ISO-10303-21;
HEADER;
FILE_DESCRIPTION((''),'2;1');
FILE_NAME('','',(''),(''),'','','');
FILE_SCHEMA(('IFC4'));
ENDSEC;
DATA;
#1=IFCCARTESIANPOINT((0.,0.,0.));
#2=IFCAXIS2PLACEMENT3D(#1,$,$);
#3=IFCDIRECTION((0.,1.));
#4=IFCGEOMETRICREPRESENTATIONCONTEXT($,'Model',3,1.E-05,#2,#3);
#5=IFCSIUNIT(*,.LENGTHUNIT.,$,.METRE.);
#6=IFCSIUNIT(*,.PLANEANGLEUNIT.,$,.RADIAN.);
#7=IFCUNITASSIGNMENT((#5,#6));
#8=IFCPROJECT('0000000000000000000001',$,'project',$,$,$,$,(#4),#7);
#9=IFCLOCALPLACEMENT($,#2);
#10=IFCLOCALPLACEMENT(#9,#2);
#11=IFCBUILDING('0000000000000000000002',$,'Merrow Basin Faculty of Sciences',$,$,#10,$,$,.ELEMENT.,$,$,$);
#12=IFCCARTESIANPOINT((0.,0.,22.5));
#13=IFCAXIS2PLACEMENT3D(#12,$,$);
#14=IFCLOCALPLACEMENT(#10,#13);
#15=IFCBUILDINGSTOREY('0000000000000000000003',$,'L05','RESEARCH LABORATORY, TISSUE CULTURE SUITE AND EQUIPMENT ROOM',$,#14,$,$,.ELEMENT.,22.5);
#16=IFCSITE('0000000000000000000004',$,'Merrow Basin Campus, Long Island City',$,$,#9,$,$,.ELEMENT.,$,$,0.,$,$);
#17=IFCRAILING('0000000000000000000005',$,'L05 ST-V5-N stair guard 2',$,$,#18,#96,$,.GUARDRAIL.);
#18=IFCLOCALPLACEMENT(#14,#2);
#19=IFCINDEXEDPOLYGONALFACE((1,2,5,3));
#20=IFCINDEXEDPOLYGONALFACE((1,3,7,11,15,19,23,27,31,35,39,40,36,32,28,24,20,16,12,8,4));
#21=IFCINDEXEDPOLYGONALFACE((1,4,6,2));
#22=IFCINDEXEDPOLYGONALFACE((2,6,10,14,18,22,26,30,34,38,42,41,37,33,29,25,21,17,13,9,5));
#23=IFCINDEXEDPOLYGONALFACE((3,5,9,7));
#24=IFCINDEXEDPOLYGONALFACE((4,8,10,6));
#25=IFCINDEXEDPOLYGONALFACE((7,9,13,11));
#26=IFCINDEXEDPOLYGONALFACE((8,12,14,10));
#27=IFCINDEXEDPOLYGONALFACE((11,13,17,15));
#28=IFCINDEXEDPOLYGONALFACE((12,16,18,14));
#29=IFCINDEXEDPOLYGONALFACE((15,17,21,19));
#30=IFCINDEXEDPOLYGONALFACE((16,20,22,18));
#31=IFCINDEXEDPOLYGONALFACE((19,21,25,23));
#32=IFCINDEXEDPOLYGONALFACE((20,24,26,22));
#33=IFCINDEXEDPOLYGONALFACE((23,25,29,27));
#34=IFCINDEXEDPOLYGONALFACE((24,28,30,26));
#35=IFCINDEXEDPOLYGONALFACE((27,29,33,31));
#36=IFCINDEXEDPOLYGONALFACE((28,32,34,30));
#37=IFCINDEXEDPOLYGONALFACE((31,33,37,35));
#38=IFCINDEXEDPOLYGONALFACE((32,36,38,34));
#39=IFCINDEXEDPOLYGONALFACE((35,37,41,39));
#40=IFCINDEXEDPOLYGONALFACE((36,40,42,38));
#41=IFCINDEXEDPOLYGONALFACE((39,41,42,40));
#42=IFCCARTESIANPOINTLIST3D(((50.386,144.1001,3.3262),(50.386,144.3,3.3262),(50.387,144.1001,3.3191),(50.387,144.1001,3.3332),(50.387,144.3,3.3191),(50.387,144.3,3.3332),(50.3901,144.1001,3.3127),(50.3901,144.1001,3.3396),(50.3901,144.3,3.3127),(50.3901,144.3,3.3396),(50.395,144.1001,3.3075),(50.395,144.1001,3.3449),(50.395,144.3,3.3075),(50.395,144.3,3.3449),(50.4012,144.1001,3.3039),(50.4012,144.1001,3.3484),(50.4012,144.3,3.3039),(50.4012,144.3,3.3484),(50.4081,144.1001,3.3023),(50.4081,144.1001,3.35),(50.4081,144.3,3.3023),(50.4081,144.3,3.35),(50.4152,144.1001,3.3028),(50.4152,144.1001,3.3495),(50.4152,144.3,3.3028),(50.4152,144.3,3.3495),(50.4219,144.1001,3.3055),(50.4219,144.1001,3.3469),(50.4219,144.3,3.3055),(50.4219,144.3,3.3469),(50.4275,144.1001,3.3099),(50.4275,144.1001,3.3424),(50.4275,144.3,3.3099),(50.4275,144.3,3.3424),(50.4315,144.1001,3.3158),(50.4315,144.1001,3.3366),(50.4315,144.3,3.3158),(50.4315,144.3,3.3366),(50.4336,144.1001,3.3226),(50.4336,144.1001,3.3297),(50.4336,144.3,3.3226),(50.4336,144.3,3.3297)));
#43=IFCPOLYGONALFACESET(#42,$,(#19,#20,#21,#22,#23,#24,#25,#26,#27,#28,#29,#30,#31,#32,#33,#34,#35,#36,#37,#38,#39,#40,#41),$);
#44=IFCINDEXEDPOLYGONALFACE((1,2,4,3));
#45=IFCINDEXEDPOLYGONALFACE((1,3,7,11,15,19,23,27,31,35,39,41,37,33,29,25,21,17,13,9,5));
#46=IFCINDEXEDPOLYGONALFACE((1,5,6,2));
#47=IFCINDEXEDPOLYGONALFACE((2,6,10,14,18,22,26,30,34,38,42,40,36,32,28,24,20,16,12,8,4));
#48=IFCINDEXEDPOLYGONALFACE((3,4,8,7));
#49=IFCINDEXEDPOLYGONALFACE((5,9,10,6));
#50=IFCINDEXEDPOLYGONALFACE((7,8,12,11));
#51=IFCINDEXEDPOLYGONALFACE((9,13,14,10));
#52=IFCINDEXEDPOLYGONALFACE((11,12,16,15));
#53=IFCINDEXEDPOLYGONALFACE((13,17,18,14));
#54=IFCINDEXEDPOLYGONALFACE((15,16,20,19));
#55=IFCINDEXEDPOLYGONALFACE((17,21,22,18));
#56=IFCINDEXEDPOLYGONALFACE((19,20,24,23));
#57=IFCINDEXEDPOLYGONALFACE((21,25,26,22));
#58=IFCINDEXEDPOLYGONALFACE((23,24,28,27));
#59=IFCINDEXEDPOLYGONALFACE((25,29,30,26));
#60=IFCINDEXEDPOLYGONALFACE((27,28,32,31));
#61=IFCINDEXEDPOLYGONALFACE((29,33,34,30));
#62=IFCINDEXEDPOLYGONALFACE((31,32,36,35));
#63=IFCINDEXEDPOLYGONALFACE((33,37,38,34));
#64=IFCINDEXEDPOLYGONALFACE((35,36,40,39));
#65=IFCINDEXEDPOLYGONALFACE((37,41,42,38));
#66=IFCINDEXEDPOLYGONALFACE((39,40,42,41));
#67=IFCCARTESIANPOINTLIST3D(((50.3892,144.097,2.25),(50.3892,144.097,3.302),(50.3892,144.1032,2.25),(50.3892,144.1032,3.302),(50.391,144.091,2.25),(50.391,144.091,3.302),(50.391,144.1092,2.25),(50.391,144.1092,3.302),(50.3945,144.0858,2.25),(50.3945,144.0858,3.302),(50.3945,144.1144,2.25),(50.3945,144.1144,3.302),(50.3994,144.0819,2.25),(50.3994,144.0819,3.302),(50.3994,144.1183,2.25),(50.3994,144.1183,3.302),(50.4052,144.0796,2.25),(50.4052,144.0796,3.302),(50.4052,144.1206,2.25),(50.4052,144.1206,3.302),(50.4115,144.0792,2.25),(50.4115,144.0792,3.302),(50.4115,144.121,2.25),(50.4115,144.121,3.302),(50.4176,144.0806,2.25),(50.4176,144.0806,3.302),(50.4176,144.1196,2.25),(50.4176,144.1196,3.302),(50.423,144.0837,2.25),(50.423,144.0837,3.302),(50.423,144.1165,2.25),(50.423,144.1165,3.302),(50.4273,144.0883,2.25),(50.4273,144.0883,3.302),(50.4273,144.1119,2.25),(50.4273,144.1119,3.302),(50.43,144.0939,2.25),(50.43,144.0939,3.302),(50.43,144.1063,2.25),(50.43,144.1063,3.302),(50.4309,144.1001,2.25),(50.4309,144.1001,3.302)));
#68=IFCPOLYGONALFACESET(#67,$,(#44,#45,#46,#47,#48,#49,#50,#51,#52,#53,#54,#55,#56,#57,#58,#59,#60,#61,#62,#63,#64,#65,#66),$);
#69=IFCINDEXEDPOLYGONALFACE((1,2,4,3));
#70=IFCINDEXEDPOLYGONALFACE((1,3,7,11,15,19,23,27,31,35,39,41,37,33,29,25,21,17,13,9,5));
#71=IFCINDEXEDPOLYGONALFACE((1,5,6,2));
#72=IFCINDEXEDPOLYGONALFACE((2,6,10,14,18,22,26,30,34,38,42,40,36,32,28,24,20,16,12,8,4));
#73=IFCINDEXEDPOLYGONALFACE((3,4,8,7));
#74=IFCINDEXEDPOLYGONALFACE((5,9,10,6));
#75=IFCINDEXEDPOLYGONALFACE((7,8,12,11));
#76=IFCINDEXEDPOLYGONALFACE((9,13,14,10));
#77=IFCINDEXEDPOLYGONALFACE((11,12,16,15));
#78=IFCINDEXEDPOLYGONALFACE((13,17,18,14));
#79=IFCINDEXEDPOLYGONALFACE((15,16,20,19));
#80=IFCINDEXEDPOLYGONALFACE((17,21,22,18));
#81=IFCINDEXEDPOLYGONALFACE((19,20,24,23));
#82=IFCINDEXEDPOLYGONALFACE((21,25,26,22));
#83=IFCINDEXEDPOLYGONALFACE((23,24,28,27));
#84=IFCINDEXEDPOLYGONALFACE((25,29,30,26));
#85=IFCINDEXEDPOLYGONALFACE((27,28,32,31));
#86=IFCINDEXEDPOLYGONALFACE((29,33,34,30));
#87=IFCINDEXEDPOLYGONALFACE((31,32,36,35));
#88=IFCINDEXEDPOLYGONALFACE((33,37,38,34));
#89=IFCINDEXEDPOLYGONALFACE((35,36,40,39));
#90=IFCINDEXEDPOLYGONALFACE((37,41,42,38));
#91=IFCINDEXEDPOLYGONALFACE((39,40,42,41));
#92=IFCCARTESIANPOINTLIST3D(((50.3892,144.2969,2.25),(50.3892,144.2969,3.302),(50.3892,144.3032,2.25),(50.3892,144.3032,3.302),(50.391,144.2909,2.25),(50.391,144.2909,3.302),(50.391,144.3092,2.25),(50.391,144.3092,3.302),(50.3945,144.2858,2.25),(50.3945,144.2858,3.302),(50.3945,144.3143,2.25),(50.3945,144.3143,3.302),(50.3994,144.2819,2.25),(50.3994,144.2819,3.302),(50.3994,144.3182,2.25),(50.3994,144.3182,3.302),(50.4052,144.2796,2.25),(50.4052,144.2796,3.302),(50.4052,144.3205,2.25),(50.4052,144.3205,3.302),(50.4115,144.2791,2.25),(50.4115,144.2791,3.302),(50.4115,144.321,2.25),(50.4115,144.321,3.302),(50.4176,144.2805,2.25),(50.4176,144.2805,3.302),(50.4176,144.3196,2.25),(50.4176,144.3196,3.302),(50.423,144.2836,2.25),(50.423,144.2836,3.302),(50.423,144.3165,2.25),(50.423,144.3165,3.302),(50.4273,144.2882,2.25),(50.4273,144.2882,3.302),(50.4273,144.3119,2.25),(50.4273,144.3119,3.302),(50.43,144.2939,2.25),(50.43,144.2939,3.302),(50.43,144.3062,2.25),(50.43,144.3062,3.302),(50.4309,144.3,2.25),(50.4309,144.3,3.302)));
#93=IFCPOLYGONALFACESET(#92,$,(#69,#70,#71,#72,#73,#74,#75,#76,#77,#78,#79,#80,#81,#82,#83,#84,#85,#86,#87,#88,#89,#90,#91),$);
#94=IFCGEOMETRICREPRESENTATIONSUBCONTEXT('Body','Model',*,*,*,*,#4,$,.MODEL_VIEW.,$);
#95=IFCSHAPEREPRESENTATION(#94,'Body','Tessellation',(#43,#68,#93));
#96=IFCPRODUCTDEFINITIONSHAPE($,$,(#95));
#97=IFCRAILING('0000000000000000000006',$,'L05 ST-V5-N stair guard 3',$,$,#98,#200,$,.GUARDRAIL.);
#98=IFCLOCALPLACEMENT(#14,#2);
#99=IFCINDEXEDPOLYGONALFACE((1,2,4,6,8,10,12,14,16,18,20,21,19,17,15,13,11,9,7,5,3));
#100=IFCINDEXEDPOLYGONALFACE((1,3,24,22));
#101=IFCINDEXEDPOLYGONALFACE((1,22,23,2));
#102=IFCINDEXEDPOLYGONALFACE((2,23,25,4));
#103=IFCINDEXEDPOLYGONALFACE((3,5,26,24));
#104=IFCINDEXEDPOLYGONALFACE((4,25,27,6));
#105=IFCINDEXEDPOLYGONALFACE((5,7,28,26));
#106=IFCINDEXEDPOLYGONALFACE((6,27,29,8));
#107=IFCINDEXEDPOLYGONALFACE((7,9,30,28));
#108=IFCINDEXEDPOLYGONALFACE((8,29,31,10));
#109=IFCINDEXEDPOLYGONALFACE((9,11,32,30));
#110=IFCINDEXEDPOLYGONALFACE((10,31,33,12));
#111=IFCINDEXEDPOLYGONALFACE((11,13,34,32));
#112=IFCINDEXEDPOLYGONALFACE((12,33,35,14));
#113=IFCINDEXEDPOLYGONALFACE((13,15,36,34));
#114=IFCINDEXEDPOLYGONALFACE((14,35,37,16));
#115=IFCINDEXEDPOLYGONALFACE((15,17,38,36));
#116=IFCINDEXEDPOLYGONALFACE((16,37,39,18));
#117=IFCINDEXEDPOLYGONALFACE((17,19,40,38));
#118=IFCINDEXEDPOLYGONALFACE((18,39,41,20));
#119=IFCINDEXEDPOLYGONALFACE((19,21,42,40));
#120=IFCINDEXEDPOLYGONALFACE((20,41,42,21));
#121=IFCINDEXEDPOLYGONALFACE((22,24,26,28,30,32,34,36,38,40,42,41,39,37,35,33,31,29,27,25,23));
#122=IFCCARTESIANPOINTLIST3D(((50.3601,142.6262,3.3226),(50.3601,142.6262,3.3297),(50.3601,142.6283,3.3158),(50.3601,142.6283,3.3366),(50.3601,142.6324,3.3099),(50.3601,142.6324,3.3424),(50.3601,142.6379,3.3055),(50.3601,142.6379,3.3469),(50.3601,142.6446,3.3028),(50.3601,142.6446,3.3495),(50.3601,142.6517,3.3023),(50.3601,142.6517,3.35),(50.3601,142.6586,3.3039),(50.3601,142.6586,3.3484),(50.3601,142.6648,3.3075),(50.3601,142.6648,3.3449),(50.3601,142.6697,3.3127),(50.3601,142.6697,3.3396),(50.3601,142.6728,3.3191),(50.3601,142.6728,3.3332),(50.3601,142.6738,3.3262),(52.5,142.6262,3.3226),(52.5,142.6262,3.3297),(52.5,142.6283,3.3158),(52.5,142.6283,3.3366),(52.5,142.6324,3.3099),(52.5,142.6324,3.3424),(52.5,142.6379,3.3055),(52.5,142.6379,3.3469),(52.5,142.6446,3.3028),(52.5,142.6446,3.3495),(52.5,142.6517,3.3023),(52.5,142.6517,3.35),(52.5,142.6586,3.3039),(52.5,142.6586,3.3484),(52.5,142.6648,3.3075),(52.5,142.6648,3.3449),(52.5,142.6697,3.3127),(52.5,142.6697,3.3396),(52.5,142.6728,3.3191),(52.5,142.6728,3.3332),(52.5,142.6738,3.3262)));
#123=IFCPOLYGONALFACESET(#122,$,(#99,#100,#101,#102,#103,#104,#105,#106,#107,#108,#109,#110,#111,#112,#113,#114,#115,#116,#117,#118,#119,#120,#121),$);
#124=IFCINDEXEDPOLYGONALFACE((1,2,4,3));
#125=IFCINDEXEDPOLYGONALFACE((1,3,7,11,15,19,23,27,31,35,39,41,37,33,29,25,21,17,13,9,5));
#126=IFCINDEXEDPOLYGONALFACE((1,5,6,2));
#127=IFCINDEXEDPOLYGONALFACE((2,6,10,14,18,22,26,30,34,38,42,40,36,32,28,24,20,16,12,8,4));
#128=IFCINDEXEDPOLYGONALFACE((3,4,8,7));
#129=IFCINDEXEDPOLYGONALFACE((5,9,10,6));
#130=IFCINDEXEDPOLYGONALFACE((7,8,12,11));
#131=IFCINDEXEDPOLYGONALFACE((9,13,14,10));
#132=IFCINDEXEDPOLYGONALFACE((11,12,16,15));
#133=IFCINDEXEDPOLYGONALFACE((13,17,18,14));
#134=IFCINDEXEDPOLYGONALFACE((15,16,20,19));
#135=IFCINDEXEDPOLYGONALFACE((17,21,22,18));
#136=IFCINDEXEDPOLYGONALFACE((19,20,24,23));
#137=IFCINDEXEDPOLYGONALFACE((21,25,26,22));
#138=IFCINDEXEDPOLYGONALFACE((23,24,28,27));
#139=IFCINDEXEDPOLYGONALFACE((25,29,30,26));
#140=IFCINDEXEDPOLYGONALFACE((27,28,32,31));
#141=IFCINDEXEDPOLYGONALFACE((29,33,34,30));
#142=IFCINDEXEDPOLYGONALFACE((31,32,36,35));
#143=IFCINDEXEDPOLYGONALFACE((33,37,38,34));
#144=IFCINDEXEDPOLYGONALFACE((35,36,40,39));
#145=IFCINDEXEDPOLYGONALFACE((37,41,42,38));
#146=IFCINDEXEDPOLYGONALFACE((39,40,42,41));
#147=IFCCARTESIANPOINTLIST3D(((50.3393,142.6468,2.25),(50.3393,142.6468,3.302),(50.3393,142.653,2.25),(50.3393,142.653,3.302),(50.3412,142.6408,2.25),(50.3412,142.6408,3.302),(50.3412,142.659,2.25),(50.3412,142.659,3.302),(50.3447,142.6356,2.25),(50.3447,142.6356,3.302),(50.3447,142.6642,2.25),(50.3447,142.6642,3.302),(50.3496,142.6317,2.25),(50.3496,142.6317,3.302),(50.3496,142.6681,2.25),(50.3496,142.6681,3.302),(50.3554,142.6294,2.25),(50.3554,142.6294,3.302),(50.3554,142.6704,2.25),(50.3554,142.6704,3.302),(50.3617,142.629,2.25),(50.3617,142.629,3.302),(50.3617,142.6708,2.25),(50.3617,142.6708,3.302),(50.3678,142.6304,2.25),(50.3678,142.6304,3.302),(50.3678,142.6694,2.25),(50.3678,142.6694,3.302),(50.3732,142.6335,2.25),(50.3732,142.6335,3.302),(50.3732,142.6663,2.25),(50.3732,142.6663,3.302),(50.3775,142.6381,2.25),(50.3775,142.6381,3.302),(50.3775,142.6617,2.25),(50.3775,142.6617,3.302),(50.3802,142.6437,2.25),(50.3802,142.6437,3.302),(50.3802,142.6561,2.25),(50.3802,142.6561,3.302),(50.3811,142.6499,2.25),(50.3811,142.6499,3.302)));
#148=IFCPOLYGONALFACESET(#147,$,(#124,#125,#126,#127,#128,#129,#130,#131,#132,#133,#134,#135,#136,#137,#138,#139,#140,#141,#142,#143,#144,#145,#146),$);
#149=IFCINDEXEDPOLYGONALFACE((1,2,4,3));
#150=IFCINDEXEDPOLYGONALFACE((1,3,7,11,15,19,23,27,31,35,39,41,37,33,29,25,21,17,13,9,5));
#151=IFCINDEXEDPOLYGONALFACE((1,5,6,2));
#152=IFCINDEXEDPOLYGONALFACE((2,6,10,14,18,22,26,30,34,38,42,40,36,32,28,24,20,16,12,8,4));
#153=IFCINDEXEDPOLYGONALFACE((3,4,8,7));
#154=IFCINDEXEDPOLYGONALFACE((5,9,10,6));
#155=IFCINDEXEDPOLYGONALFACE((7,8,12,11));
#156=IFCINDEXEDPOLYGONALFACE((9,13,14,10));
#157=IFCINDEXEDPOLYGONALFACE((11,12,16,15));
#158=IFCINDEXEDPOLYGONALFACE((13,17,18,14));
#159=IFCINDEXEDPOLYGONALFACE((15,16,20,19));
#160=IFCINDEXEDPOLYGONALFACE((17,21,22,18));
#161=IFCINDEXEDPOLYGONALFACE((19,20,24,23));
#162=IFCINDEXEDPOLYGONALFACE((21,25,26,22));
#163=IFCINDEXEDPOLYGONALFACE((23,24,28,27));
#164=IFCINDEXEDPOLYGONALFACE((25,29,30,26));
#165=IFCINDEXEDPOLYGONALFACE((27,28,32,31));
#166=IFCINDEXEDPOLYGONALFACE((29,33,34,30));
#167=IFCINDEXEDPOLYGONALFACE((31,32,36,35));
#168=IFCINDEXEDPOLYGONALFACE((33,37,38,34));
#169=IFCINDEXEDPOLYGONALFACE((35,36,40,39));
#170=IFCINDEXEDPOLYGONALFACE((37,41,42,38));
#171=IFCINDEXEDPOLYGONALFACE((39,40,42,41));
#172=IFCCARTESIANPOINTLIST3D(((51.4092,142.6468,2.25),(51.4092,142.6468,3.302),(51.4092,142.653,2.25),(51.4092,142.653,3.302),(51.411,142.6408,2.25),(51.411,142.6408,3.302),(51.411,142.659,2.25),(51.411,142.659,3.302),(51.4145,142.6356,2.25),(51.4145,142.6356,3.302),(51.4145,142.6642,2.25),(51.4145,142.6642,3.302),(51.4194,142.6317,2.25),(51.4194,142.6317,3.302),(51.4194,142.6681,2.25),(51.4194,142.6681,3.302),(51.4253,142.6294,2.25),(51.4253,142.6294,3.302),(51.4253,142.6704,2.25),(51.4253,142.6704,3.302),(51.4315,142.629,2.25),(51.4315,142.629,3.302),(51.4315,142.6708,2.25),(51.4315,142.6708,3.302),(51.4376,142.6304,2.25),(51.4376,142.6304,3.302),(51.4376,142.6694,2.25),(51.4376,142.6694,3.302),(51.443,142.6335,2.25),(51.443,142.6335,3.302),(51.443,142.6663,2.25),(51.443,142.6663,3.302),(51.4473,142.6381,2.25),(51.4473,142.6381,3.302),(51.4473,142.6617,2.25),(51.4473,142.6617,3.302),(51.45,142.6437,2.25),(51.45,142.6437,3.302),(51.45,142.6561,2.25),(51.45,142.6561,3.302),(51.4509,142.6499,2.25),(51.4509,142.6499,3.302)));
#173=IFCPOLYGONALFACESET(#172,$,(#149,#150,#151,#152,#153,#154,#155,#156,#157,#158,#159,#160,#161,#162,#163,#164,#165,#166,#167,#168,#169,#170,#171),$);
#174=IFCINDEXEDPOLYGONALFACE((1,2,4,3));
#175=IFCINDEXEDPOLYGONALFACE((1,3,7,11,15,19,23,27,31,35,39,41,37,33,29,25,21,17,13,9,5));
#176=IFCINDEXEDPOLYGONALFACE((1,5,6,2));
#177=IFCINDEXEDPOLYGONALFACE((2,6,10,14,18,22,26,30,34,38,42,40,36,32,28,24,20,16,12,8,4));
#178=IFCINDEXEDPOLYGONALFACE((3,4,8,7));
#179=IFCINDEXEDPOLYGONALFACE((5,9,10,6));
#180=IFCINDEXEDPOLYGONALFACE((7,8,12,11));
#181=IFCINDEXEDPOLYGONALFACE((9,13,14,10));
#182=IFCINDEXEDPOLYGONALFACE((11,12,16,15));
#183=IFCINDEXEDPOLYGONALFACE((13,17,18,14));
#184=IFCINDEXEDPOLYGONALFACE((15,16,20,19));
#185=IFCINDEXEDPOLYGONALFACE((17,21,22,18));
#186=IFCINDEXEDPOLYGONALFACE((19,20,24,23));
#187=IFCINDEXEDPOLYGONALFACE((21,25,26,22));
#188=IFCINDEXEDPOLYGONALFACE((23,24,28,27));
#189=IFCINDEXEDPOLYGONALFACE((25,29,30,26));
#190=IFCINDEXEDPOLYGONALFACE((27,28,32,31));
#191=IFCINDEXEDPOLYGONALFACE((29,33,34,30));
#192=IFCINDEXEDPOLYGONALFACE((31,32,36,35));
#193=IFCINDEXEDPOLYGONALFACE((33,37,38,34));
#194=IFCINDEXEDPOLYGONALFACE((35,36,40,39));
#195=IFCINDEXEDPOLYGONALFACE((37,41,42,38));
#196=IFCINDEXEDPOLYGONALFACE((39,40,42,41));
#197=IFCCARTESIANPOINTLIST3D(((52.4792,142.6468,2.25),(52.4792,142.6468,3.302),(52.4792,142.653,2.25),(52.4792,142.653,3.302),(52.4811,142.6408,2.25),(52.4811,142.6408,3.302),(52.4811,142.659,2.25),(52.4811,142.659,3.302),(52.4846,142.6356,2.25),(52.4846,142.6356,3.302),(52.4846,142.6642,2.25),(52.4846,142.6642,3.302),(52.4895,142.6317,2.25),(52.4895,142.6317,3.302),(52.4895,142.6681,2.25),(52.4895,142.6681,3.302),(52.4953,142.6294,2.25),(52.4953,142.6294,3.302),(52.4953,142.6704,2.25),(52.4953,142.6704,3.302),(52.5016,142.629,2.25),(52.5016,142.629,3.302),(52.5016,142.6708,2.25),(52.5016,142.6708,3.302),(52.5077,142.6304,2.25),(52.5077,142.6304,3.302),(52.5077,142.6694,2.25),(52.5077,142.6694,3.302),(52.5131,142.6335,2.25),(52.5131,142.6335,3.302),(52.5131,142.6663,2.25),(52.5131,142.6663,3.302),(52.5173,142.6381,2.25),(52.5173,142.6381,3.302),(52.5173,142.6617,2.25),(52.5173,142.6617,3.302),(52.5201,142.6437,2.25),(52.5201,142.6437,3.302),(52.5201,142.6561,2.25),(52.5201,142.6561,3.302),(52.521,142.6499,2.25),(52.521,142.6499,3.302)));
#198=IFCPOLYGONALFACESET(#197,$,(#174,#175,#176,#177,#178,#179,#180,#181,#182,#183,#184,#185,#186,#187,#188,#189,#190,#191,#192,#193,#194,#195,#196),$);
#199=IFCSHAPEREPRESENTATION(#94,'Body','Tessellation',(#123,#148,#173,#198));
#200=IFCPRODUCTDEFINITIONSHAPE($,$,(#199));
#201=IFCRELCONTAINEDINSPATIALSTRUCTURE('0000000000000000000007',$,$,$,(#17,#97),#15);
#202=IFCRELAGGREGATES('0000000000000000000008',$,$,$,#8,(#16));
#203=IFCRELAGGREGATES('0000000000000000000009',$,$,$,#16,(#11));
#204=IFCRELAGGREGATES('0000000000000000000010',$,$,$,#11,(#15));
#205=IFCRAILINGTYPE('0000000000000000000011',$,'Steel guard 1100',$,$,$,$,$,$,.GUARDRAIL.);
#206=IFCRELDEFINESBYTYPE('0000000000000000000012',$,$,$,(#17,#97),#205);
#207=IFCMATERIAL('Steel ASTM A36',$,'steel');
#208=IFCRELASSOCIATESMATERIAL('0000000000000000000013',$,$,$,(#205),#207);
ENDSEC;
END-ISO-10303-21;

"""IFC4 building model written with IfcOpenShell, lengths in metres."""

from ifc_helpers import new_model, si_unit, direction, frame, origin, origin_2d, place, context, subcontext, project, spatial, circle, extrude, material, type_object, element, save


model = new_model("IFC4")

# Units and contexts
model_context = context("Model", 3, precision=1e-05, world=origin(), true_north=direction((0.0, 1.0)))
body_context = subcontext(model_context, "Body", "Model", "MODEL_VIEW")
ifc_project = project(units=[si_unit("LENGTHUNIT", "METRE"), si_unit("PLANEANGLEUNIT", "RADIAN")], contexts=[model_context])

# Site, building, storey
site_placement = place(None, origin())
site = spatial("IfcSite", under=ifc_project, at=site_placement, Name="Merrow Basin Campus, Long Island City", CompositionType="ELEMENT", RefElevation=0.0)
building_placement = place(site_placement, origin())
building = spatial("IfcBuilding", under=site, at=building_placement, Name="Merrow Basin Faculty of Sciences", CompositionType="ELEMENT")
storey_placement = place(building_placement, frame((0.0, 0.0, 22.5)))
storey = spatial("IfcBuildingStorey", under=building, at=storey_placement, Name="L05", Description="RESEARCH LABORATORY, TISSUE CULTURE SUITE AND EQUIPMENT ROOM", CompositionType="ELEMENT", Elevation=22.5)

# Railings
ifc_material_1 = material(Name="Steel ASTM A36", Category="steel")
railing_type_1 = type_object("IfcRailingType", Name="Steel guard 1100", PredefinedType="GUARDRAIL", material=ifc_material_1)
railing_1_placement = place(storey_placement, frame((50.4099, 144.1001, 2.25)))
element("IfcRailing", 1, at=railing_1_placement, inside=storey, type_object=railing_type_1, Name="L05 ST-V5-N stair guard 2", PredefinedType="GUARDRAIL", context=body_context, shape_type="SweptSolid", body=[
    extrude(circle(Radius=0.0239, at=origin_2d()), frame((0.0, 0.0, 1.0762), z_axis=(0.0, 1.0, 0.0), x_axis=(-1.0, 0.0, 0.0)), (0.0, 0.0, 1.0), 0.2),
    extrude(circle(Radius=0.021, at=origin_2d()), origin(), (0.0, 0.0, 1.0), 1.052),
    extrude(circle(Radius=0.021, at=origin_2d()), frame((0.0, 0.2, 0.0)), (0.0, 0.0, 1.0), 1.052),
])
railing_2_placement = place(storey_placement, frame((50.3601, 142.6499, 2.25)))
element("IfcRailing", 2, at=railing_2_placement, inside=storey, type_object=railing_type_1, Name="L05 ST-V5-N stair guard 3", PredefinedType="GUARDRAIL", context=body_context, shape_type="SweptSolid", body=[
    extrude(circle(Radius=0.0239, at=origin_2d()), frame((0.0, 0.0, 1.0762), z_axis=(1.0, 0.0, 0.0), x_axis=(0.0, 1.0, 0.0)), (0.0, 0.0, 1.0), 2.1399),
    extrude(circle(Radius=0.021, at=origin_2d()), origin(), (0.0, 0.0, 1.0), 1.052),
    extrude(circle(Radius=0.021, at=origin_2d()), frame((1.0698, 0.0, 0.0)), (0.0, 0.0, 1.0), 1.052),
    extrude(circle(Radius=0.021, at=origin_2d()), frame((2.1399, 0.0, 0.0)), (0.0, 0.0, 1.0), 1.052),
])

save(model, "model.ifc")
